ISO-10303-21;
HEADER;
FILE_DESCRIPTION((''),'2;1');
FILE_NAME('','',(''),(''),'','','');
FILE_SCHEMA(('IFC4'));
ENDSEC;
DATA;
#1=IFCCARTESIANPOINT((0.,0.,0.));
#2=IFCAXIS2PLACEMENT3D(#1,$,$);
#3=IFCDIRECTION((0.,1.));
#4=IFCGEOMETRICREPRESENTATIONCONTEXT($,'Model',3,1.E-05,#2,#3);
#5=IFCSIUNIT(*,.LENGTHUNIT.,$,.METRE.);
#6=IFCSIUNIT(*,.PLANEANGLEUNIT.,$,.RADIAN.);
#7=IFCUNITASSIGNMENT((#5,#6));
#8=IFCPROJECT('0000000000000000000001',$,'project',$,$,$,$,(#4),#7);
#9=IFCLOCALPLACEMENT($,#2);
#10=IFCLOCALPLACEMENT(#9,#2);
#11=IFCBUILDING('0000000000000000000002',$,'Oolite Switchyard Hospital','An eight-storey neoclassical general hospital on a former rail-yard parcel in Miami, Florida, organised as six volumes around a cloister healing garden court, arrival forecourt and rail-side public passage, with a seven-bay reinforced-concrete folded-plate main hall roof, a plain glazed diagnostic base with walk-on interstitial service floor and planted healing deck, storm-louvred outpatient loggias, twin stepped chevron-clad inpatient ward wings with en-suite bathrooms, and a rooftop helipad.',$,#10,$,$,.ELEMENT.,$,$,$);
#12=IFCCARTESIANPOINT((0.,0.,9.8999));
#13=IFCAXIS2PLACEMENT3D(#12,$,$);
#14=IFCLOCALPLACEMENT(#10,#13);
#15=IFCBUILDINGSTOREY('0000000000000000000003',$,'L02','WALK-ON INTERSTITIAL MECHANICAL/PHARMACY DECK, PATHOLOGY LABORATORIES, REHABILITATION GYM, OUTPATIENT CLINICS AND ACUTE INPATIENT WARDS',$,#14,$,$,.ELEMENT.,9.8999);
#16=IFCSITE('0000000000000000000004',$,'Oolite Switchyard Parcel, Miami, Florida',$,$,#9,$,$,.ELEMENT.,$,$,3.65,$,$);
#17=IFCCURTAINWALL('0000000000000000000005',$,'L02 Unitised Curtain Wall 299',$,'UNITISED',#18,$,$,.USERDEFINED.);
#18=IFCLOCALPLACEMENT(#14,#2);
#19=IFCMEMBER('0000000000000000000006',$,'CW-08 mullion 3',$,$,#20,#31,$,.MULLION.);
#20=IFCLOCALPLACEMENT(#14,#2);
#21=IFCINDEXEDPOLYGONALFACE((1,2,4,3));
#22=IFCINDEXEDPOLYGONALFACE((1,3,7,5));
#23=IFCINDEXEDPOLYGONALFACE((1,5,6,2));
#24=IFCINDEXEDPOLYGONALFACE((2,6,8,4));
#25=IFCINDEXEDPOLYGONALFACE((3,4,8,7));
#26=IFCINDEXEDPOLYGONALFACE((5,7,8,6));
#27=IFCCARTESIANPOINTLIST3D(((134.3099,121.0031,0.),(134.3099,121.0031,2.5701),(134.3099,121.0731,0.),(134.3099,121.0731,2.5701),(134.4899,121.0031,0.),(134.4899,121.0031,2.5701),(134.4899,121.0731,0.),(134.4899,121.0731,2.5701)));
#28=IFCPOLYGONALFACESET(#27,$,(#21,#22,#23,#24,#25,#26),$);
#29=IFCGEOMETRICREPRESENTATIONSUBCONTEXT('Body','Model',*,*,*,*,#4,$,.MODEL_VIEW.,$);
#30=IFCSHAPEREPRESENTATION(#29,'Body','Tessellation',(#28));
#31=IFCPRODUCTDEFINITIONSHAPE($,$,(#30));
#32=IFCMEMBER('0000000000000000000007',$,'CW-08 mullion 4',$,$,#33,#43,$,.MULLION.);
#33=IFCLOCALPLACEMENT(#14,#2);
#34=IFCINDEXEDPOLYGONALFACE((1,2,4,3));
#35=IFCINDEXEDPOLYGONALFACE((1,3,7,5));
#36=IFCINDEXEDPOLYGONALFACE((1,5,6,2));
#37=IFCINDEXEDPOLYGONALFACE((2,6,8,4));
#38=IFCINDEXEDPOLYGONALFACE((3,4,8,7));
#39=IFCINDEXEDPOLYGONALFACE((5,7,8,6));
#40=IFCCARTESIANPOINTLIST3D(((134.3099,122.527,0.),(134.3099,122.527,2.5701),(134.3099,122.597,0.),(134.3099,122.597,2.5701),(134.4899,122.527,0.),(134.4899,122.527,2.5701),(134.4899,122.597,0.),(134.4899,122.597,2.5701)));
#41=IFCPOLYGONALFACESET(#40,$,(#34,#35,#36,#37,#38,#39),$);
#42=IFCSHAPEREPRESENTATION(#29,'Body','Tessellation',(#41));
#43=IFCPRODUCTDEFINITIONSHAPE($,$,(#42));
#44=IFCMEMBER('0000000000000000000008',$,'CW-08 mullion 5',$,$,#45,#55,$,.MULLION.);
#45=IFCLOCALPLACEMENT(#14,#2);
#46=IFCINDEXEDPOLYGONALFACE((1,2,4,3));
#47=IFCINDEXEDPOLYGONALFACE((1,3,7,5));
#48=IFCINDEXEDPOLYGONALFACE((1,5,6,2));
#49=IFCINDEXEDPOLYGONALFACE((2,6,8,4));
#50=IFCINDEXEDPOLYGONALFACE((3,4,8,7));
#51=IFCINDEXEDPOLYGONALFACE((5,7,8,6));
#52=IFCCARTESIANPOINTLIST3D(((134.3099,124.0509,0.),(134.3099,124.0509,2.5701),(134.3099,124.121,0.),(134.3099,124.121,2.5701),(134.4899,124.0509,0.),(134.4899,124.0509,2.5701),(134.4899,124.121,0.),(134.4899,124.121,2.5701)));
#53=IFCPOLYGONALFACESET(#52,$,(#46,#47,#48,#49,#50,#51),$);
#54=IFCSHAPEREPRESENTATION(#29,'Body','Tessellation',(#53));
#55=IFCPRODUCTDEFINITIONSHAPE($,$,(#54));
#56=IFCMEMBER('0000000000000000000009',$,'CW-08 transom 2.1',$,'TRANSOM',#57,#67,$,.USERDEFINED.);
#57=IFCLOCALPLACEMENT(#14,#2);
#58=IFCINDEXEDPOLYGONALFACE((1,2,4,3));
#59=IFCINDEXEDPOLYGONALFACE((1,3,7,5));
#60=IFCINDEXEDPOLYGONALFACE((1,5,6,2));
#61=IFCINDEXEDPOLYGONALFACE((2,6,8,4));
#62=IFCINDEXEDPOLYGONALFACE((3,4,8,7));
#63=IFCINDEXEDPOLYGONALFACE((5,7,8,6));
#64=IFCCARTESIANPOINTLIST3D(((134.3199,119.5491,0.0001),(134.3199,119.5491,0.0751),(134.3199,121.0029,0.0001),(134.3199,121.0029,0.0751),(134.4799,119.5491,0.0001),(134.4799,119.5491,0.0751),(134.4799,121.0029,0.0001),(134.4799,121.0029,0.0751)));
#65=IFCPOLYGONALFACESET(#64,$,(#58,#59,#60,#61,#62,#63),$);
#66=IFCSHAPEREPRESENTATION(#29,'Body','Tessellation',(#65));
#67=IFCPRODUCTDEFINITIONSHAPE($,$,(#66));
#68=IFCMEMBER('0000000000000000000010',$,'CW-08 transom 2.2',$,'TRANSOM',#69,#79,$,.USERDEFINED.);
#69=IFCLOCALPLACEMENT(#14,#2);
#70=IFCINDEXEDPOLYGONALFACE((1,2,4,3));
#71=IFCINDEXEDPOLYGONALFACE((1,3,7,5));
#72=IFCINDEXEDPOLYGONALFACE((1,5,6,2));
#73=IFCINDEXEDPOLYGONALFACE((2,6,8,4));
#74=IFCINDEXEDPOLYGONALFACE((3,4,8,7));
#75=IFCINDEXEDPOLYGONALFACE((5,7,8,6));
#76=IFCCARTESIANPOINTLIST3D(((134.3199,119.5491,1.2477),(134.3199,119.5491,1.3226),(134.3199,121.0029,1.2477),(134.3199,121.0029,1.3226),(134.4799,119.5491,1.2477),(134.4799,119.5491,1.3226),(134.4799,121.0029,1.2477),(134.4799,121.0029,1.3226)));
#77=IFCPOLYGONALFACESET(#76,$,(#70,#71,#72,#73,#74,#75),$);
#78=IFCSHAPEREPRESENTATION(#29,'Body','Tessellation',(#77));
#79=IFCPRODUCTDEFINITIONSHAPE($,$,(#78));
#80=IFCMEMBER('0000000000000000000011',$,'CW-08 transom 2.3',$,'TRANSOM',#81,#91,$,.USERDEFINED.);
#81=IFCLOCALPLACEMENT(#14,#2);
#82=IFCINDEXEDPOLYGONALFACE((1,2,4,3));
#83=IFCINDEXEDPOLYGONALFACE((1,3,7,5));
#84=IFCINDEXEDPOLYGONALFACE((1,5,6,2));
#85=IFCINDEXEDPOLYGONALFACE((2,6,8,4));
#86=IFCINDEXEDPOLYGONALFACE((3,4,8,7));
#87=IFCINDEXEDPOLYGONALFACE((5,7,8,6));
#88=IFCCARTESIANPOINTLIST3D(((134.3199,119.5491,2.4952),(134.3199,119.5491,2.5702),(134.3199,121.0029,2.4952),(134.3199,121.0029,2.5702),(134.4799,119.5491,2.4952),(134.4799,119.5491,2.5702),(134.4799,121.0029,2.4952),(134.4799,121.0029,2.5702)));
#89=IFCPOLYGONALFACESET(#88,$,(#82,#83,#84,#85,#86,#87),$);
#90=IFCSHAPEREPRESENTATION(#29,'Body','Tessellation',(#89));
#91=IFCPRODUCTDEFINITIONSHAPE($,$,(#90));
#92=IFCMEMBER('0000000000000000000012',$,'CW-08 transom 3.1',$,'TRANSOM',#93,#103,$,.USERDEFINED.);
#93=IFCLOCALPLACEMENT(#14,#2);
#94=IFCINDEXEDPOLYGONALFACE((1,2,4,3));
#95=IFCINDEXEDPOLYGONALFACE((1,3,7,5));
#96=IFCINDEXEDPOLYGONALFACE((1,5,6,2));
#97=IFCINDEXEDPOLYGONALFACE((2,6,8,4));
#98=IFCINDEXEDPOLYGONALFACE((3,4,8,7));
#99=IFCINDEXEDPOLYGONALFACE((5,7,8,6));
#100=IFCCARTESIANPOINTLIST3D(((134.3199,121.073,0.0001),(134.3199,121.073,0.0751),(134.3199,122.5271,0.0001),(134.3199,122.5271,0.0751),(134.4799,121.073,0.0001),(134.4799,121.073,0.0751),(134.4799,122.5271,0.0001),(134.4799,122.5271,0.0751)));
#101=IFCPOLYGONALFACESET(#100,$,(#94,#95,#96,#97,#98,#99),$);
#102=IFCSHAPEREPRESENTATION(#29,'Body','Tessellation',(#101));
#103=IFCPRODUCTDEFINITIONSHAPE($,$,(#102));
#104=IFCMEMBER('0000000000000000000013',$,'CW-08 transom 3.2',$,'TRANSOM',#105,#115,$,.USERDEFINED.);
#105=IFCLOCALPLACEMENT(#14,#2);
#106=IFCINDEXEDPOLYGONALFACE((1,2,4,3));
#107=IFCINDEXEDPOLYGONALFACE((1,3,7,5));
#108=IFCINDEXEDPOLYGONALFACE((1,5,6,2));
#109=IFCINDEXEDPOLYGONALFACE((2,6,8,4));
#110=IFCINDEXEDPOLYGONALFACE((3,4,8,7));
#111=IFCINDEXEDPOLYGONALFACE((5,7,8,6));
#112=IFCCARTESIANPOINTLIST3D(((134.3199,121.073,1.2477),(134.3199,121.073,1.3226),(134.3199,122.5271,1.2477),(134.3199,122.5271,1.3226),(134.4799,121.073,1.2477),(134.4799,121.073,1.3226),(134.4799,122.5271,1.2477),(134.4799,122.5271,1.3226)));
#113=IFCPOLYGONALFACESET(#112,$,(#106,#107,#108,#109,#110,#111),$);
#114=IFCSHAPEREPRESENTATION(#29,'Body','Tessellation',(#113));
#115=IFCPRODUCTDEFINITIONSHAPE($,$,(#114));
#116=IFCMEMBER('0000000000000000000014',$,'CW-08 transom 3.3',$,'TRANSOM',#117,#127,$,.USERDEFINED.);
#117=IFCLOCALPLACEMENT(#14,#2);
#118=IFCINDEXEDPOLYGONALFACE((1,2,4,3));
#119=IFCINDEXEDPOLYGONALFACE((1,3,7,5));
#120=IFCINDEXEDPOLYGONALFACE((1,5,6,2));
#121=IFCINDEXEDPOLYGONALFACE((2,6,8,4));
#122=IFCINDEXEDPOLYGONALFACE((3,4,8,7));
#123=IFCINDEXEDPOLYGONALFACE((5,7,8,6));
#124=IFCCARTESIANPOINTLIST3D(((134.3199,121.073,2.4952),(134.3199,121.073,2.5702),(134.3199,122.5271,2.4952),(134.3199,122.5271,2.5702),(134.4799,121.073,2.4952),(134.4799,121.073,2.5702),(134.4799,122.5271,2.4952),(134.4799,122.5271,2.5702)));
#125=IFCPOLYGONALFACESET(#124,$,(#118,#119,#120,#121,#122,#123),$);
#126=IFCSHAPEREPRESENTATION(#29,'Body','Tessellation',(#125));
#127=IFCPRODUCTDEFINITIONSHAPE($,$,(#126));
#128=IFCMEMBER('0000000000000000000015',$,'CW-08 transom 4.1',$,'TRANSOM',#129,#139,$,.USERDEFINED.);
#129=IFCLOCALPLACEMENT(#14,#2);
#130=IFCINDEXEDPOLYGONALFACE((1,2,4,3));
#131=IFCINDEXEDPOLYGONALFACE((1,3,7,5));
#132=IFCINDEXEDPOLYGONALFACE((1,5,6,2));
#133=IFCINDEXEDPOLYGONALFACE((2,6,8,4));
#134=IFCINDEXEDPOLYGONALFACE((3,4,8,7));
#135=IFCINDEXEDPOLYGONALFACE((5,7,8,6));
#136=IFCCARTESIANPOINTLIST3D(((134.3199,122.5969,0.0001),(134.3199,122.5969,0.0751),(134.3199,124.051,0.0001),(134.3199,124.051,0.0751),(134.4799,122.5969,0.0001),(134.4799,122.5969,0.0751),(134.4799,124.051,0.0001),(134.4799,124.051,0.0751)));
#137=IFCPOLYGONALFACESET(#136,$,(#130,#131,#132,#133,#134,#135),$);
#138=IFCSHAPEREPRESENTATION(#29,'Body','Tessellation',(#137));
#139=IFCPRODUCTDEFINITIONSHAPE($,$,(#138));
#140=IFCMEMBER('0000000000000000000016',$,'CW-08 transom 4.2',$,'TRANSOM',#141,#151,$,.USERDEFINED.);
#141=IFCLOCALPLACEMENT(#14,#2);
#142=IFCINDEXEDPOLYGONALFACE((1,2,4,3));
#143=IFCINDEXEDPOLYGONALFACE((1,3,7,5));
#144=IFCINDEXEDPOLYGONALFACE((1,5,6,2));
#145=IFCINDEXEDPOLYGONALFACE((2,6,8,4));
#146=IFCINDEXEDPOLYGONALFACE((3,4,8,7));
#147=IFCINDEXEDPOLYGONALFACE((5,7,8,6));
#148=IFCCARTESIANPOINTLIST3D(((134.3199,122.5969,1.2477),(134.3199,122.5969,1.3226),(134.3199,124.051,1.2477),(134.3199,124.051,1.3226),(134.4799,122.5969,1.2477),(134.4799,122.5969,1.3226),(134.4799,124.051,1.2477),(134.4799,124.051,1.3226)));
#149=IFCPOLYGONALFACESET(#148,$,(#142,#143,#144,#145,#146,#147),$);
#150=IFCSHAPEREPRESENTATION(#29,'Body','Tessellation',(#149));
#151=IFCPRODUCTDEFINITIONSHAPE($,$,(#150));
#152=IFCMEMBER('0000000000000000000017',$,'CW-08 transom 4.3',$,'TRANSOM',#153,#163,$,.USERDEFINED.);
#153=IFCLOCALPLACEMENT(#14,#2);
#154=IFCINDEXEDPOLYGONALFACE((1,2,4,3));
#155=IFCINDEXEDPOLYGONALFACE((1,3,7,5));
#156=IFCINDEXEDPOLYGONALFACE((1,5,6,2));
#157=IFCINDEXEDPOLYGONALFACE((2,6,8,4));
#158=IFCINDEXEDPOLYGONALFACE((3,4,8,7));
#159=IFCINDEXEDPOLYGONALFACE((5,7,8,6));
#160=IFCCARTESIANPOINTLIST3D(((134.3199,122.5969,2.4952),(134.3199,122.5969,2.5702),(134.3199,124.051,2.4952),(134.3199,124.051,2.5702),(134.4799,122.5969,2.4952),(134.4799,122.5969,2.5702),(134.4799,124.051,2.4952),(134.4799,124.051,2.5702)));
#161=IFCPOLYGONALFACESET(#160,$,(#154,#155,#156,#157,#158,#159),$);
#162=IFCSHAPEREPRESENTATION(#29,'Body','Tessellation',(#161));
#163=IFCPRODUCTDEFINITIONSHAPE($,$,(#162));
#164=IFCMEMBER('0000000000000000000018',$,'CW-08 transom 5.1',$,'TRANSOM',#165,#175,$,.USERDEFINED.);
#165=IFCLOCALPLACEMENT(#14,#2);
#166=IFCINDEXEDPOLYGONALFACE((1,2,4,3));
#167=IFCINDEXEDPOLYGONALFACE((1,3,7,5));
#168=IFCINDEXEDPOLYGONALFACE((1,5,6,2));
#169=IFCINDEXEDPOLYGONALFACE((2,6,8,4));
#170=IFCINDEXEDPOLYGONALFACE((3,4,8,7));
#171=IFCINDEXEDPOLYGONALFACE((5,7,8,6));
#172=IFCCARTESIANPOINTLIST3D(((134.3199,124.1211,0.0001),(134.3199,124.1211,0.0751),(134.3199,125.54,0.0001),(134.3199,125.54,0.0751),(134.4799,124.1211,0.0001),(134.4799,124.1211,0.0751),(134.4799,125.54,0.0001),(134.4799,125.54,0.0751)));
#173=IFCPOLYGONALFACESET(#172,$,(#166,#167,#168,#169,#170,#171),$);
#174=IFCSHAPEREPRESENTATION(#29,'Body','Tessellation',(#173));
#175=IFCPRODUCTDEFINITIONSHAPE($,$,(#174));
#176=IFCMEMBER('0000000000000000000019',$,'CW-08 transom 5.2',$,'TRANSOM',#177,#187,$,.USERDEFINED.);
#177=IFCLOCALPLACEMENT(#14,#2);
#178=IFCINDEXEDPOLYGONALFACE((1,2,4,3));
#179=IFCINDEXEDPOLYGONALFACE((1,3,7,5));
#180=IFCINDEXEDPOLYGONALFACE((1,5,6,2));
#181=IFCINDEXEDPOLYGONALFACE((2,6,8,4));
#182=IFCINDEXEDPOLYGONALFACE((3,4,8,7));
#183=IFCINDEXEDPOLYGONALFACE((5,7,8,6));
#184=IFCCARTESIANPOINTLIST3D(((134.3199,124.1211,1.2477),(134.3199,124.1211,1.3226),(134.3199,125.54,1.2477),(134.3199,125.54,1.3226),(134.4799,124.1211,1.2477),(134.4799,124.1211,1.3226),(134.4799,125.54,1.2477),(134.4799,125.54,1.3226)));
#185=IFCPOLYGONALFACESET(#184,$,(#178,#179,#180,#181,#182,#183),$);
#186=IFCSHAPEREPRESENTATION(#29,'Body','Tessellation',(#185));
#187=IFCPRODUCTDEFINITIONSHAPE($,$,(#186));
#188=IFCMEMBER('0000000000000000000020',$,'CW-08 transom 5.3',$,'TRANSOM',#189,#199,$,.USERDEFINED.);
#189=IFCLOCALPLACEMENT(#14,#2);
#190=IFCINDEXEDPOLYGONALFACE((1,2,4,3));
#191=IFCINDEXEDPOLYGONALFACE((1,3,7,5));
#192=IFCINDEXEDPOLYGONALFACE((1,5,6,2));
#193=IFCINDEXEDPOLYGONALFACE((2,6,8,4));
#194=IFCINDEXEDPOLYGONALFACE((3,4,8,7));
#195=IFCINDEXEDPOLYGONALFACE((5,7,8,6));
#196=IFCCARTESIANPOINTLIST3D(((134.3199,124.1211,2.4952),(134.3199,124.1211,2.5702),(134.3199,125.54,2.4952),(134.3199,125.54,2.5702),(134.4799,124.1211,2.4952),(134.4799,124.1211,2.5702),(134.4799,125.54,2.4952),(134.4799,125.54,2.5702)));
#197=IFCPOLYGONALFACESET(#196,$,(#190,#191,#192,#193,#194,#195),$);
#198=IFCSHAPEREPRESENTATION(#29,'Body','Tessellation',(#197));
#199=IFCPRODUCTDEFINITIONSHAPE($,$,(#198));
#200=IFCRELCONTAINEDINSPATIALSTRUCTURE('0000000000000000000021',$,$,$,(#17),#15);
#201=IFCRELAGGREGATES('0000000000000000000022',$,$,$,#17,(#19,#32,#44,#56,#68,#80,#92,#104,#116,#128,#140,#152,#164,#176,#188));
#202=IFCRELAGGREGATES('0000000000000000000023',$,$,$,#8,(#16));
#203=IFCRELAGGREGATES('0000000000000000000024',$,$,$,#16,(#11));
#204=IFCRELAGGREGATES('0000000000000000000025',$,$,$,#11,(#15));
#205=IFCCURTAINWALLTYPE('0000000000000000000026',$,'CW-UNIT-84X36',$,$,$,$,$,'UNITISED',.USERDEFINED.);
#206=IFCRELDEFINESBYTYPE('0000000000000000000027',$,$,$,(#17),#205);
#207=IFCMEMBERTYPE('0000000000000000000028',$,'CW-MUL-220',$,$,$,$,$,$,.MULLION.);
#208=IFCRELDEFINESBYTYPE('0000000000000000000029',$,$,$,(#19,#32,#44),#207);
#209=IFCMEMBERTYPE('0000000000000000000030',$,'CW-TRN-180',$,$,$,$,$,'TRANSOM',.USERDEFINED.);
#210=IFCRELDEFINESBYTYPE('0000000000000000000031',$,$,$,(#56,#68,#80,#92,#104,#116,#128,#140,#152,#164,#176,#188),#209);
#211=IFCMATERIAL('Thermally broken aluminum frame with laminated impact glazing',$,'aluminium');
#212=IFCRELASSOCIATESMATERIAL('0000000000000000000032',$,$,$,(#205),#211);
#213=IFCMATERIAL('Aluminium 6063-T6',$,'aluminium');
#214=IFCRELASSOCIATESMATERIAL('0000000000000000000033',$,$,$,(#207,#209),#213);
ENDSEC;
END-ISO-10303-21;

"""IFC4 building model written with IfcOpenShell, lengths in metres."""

from ifc_helpers import new_model, si_unit, direction, frame, origin, origin_2d, place, context, subcontext, project, spatial, rectangle, extrude, material, material_profile, profile_set, type_object, element, aggregate, save


model = new_model("IFC4")

# Units and contexts
model_context = context("Model", 3, precision=1e-05, world=origin(), true_north=direction((0.0, 1.0)))
body_context = subcontext(model_context, "Body", "Model", "MODEL_VIEW")
ifc_project = project(units=[si_unit("LENGTHUNIT", "METRE"), si_unit("PLANEANGLEUNIT", "RADIAN")], contexts=[model_context])

# Site, building, storey
site_placement = place(None, origin())
site = spatial("IfcSite", under=ifc_project, at=site_placement, Name="Oolite Switchyard Parcel, Miami, Florida", CompositionType="ELEMENT", RefElevation=3.65)
building_placement = place(site_placement, origin())
building = spatial("IfcBuilding", under=site, at=building_placement, Name="Oolite Switchyard Hospital", Description="An eight-storey neoclassical general hospital on a former rail-yard parcel in Miami, Florida, organised as six volumes around a cloister healing garden court, arrival forecourt and rail-side public passage, with a seven-bay reinforced-concrete folded-plate main hall roof, a plain glazed diagnostic base with walk-on interstitial service floor and planted healing deck, storm-louvred outpatient loggias, twin stepped chevron-clad inpatient ward wings with en-suite bathrooms, and a rooftop helipad.", CompositionType="ELEMENT")
storey_placement = place(building_placement, frame((0.0, 0.0, 9.8999)))
storey = spatial("IfcBuildingStorey", under=building, at=storey_placement, Name="L02", Description="WALK-ON INTERSTITIAL MECHANICAL/PHARMACY DECK, PATHOLOGY LABORATORIES, REHABILITATION GYM, OUTPATIENT CLINICS AND ACUTE INPATIENT WARDS", CompositionType="ELEMENT", Elevation=9.8999)

# Curtain wall, members
ifc_material_1 = material(Name="Thermally broken aluminum frame with laminated impact glazing", Category="aluminium")
curtain_wall_type = type_object("IfcCurtainWallType", Name="CW-UNIT-84X36", ElementType="UNITISED", PredefinedType="USERDEFINED", material=ifc_material_1)
curtain_wall_placement = place(storey_placement, origin())
curtain_wall = element("IfcCurtainWall", 1, at=curtain_wall_placement, inside=storey, type_object=curtain_wall_type, Name="L02 Unitised Curtain Wall 299", ObjectType="UNITISED", PredefinedType="USERDEFINED")
ifc_material_2 = material(Name="Aluminium 6063-T6", Category="aluminium")
ifc_material_profile_1 = material_profile(ifc_material_2, rectangle(XDim=0.1799, YDim=0.0701, at=origin_2d()), Name="CWM70X180")
ifc_profile_set_1 = profile_set([ifc_material_profile_1], Name="Aluminium 6063-T6")
member_type_1 = type_object("IfcMemberType", Name="CW-MUL-220", PredefinedType="MULLION", material=ifc_profile_set_1)
member_1_placement = place(storey_placement, frame((134.3999, 121.0381, 0.0), z_axis=(0.0, 0.0, 1.0), x_axis=(-1.0, 0.0, 0.0)))
member_1 = element("IfcMember", 2, at=member_1_placement, type_object=member_type_1, Name="CW-08 mullion 3", PredefinedType="MULLION", context=body_context, shape_type="SweptSolid", body=[
    extrude(rectangle(XDim=0.1799, YDim=0.0701, at=origin_2d()), origin(), (0.0, 0.0, 1.0), 2.5701),
])
member_2_placement = place(storey_placement, frame((134.3999, 122.562, 0.0), z_axis=(0.0, 0.0, 1.0), x_axis=(-1.0, 0.0, 0.0)))
member_2 = element("IfcMember", 3, at=member_2_placement, type_object=member_type_1, Name="CW-08 mullion 4", PredefinedType="MULLION", context=body_context, shape_type="SweptSolid", body=[
    extrude(rectangle(XDim=0.1799, YDim=0.0701, at=origin_2d()), origin(), (0.0, 0.0, 1.0), 2.5701),
])
member_3_placement = place(storey_placement, frame((134.3999, 124.0859, 0.0), z_axis=(0.0, 0.0, 1.0), x_axis=(-1.0, 0.0, 0.0)))
member_3 = element("IfcMember", 4, at=member_3_placement, type_object=member_type_1, Name="CW-08 mullion 5", PredefinedType="MULLION", context=body_context, shape_type="SweptSolid", body=[
    extrude(rectangle(XDim=0.1799, YDim=0.0701, at=origin_2d()), origin(), (0.0, 0.0, 1.0), 2.5701),
])
ifc_material_profile_2 = material_profile(ifc_material_2, rectangle(XDim=0.1599, YDim=0.075, at=origin_2d()), Name="CWT75X160")
ifc_profile_set_2 = profile_set([ifc_material_profile_2], Name="Aluminium 6063-T6")
member_type_2 = type_object("IfcMemberType", Name="CW-TRN-180", ElementType="TRANSOM", PredefinedType="USERDEFINED", material=ifc_profile_set_2)
member_4_placement = place(storey_placement, frame((134.3999, 119.5491, 0.0376), z_axis=(0.0, 1.0, 0.0), x_axis=(-1.0, 0.0, 0.0)))
member_4 = element("IfcMember", 5, at=member_4_placement, type_object=member_type_2, Name="CW-08 transom 2.1", ObjectType="TRANSOM", PredefinedType="USERDEFINED", context=body_context, shape_type="SweptSolid", body=[
    extrude(rectangle(XDim=0.1599, YDim=0.075, at=origin_2d()), origin(), (0.0, 0.0, 1.0), 1.4539),
])
member_5_placement = place(storey_placement, frame((134.3999, 119.5491, 1.2852), z_axis=(0.0, 1.0, 0.0), x_axis=(-1.0, 0.0, 0.0)))
member_5 = element("IfcMember", 6, at=member_5_placement, type_object=member_type_2, Name="CW-08 transom 2.2", ObjectType="TRANSOM", PredefinedType="USERDEFINED", context=body_context, shape_type="SweptSolid", body=[
    extrude(rectangle(XDim=0.1599, YDim=0.075, at=origin_2d()), origin(), (0.0, 0.0, 1.0), 1.4539),
])
member_6_placement = place(storey_placement, frame((134.3999, 119.5491, 2.5327), z_axis=(0.0, 1.0, 0.0), x_axis=(-1.0, 0.0, 0.0)))
member_6 = element("IfcMember", 7, at=member_6_placement, type_object=member_type_2, Name="CW-08 transom 2.3", ObjectType="TRANSOM", PredefinedType="USERDEFINED", context=body_context, shape_type="SweptSolid", body=[
    extrude(rectangle(XDim=0.1599, YDim=0.075, at=origin_2d()), origin(), (0.0, 0.0, 1.0), 1.4539),
])
member_7_placement = place(storey_placement, frame((134.3999, 121.073, 0.0376), z_axis=(0.0, 1.0, 0.0), x_axis=(-1.0, 0.0, 0.0)))
member_7 = element("IfcMember", 8, at=member_7_placement, type_object=member_type_2, Name="CW-08 transom 3.1", ObjectType="TRANSOM", PredefinedType="USERDEFINED", context=body_context, shape_type="SweptSolid", body=[
    extrude(rectangle(XDim=0.1599, YDim=0.075, at=origin_2d()), origin(), (0.0, 0.0, 1.0), 1.4541),
])
member_8_placement = place(storey_placement, frame((134.3999, 121.073, 1.2852), z_axis=(0.0, 1.0, 0.0), x_axis=(-1.0, 0.0, 0.0)))
member_8 = element("IfcMember", 9, at=member_8_placement, type_object=member_type_2, Name="CW-08 transom 3.2", ObjectType="TRANSOM", PredefinedType="USERDEFINED", context=body_context, shape_type="SweptSolid", body=[
    extrude(rectangle(XDim=0.1599, YDim=0.075, at=origin_2d()), origin(), (0.0, 0.0, 1.0), 1.4541),
])
member_9_placement = place(storey_placement, frame((134.3999, 121.073, 2.5327), z_axis=(0.0, 1.0, 0.0), x_axis=(-1.0, 0.0, 0.0)))
member_9 = element("IfcMember", 10, at=member_9_placement, type_object=member_type_2, Name="CW-08 transom 3.3", ObjectType="TRANSOM", PredefinedType="USERDEFINED", context=body_context, shape_type="SweptSolid", body=[
    extrude(rectangle(XDim=0.1599, YDim=0.075, at=origin_2d()), origin(), (0.0, 0.0, 1.0), 1.4541),
])
member_10_placement = place(storey_placement, frame((134.3999, 122.5969, 0.0376), z_axis=(0.0, 1.0, 0.0), x_axis=(-1.0, 0.0, 0.0)))
member_10 = element("IfcMember", 11, at=member_10_placement, type_object=member_type_2, Name="CW-08 transom 4.1", ObjectType="TRANSOM", PredefinedType="USERDEFINED", context=body_context, shape_type="SweptSolid", body=[
    extrude(rectangle(XDim=0.1599, YDim=0.075, at=origin_2d()), origin(), (0.0, 0.0, 1.0), 1.4541),
])
member_11_placement = place(storey_placement, frame((134.3999, 122.5969, 1.2852), z_axis=(0.0, 1.0, 0.0), x_axis=(-1.0, 0.0, 0.0)))
member_11 = element("IfcMember", 12, at=member_11_placement, type_object=member_type_2, Name="CW-08 transom 4.2", ObjectType="TRANSOM", PredefinedType="USERDEFINED", context=body_context, shape_type="SweptSolid", body=[
    extrude(rectangle(XDim=0.1599, YDim=0.075, at=origin_2d()), origin(), (0.0, 0.0, 1.0), 1.4541),
])
member_12_placement = place(storey_placement, frame((134.3999, 122.5969, 2.5327), z_axis=(0.0, 1.0, 0.0), x_axis=(-1.0, 0.0, 0.0)))
member_12 = element("IfcMember", 13, at=member_12_placement, type_object=member_type_2, Name="CW-08 transom 4.3", ObjectType="TRANSOM", PredefinedType="USERDEFINED", context=body_context, shape_type="SweptSolid", body=[
    extrude(rectangle(XDim=0.1599, YDim=0.075, at=origin_2d()), origin(), (0.0, 0.0, 1.0), 1.4541),
])
member_13_placement = place(storey_placement, frame((134.3999, 124.1211, 0.0376), z_axis=(0.0, 1.0, 0.0), x_axis=(-1.0, 0.0, 0.0)))
member_13 = element("IfcMember", 14, at=member_13_placement, type_object=member_type_2, Name="CW-08 transom 5.1", ObjectType="TRANSOM", PredefinedType="USERDEFINED", context=body_context, shape_type="SweptSolid", body=[
    extrude(rectangle(XDim=0.1599, YDim=0.075, at=origin_2d()), origin(), (0.0, 0.0, 1.0), 1.4189),
])
member_14_placement = place(storey_placement, frame((134.3999, 124.1211, 1.2852), z_axis=(0.0, 1.0, 0.0), x_axis=(-1.0, 0.0, 0.0)))
member_14 = element("IfcMember", 15, at=member_14_placement, type_object=member_type_2, Name="CW-08 transom 5.2", ObjectType="TRANSOM", PredefinedType="USERDEFINED", context=body_context, shape_type="SweptSolid", body=[
    extrude(rectangle(XDim=0.1599, YDim=0.075, at=origin_2d()), origin(), (0.0, 0.0, 1.0), 1.4189),
])
member_15_placement = place(storey_placement, frame((134.3999, 124.1211, 2.5327), z_axis=(0.0, 1.0, 0.0), x_axis=(-1.0, 0.0, 0.0)))
member_15 = element("IfcMember", 16, at=member_15_placement, type_object=member_type_2, Name="CW-08 transom 5.3", ObjectType="TRANSOM", PredefinedType="USERDEFINED", context=body_context, shape_type="SweptSolid", body=[
    extrude(rectangle(XDim=0.1599, YDim=0.075, at=origin_2d()), origin(), (0.0, 0.0, 1.0), 1.4189),
])
aggregate(curtain_wall, [member_1, member_2, member_3, member_4, member_5, member_6, member_7, member_8, member_9, member_10, member_11, member_12, member_13, member_14, member_15])

save(model, "model.ifc")
